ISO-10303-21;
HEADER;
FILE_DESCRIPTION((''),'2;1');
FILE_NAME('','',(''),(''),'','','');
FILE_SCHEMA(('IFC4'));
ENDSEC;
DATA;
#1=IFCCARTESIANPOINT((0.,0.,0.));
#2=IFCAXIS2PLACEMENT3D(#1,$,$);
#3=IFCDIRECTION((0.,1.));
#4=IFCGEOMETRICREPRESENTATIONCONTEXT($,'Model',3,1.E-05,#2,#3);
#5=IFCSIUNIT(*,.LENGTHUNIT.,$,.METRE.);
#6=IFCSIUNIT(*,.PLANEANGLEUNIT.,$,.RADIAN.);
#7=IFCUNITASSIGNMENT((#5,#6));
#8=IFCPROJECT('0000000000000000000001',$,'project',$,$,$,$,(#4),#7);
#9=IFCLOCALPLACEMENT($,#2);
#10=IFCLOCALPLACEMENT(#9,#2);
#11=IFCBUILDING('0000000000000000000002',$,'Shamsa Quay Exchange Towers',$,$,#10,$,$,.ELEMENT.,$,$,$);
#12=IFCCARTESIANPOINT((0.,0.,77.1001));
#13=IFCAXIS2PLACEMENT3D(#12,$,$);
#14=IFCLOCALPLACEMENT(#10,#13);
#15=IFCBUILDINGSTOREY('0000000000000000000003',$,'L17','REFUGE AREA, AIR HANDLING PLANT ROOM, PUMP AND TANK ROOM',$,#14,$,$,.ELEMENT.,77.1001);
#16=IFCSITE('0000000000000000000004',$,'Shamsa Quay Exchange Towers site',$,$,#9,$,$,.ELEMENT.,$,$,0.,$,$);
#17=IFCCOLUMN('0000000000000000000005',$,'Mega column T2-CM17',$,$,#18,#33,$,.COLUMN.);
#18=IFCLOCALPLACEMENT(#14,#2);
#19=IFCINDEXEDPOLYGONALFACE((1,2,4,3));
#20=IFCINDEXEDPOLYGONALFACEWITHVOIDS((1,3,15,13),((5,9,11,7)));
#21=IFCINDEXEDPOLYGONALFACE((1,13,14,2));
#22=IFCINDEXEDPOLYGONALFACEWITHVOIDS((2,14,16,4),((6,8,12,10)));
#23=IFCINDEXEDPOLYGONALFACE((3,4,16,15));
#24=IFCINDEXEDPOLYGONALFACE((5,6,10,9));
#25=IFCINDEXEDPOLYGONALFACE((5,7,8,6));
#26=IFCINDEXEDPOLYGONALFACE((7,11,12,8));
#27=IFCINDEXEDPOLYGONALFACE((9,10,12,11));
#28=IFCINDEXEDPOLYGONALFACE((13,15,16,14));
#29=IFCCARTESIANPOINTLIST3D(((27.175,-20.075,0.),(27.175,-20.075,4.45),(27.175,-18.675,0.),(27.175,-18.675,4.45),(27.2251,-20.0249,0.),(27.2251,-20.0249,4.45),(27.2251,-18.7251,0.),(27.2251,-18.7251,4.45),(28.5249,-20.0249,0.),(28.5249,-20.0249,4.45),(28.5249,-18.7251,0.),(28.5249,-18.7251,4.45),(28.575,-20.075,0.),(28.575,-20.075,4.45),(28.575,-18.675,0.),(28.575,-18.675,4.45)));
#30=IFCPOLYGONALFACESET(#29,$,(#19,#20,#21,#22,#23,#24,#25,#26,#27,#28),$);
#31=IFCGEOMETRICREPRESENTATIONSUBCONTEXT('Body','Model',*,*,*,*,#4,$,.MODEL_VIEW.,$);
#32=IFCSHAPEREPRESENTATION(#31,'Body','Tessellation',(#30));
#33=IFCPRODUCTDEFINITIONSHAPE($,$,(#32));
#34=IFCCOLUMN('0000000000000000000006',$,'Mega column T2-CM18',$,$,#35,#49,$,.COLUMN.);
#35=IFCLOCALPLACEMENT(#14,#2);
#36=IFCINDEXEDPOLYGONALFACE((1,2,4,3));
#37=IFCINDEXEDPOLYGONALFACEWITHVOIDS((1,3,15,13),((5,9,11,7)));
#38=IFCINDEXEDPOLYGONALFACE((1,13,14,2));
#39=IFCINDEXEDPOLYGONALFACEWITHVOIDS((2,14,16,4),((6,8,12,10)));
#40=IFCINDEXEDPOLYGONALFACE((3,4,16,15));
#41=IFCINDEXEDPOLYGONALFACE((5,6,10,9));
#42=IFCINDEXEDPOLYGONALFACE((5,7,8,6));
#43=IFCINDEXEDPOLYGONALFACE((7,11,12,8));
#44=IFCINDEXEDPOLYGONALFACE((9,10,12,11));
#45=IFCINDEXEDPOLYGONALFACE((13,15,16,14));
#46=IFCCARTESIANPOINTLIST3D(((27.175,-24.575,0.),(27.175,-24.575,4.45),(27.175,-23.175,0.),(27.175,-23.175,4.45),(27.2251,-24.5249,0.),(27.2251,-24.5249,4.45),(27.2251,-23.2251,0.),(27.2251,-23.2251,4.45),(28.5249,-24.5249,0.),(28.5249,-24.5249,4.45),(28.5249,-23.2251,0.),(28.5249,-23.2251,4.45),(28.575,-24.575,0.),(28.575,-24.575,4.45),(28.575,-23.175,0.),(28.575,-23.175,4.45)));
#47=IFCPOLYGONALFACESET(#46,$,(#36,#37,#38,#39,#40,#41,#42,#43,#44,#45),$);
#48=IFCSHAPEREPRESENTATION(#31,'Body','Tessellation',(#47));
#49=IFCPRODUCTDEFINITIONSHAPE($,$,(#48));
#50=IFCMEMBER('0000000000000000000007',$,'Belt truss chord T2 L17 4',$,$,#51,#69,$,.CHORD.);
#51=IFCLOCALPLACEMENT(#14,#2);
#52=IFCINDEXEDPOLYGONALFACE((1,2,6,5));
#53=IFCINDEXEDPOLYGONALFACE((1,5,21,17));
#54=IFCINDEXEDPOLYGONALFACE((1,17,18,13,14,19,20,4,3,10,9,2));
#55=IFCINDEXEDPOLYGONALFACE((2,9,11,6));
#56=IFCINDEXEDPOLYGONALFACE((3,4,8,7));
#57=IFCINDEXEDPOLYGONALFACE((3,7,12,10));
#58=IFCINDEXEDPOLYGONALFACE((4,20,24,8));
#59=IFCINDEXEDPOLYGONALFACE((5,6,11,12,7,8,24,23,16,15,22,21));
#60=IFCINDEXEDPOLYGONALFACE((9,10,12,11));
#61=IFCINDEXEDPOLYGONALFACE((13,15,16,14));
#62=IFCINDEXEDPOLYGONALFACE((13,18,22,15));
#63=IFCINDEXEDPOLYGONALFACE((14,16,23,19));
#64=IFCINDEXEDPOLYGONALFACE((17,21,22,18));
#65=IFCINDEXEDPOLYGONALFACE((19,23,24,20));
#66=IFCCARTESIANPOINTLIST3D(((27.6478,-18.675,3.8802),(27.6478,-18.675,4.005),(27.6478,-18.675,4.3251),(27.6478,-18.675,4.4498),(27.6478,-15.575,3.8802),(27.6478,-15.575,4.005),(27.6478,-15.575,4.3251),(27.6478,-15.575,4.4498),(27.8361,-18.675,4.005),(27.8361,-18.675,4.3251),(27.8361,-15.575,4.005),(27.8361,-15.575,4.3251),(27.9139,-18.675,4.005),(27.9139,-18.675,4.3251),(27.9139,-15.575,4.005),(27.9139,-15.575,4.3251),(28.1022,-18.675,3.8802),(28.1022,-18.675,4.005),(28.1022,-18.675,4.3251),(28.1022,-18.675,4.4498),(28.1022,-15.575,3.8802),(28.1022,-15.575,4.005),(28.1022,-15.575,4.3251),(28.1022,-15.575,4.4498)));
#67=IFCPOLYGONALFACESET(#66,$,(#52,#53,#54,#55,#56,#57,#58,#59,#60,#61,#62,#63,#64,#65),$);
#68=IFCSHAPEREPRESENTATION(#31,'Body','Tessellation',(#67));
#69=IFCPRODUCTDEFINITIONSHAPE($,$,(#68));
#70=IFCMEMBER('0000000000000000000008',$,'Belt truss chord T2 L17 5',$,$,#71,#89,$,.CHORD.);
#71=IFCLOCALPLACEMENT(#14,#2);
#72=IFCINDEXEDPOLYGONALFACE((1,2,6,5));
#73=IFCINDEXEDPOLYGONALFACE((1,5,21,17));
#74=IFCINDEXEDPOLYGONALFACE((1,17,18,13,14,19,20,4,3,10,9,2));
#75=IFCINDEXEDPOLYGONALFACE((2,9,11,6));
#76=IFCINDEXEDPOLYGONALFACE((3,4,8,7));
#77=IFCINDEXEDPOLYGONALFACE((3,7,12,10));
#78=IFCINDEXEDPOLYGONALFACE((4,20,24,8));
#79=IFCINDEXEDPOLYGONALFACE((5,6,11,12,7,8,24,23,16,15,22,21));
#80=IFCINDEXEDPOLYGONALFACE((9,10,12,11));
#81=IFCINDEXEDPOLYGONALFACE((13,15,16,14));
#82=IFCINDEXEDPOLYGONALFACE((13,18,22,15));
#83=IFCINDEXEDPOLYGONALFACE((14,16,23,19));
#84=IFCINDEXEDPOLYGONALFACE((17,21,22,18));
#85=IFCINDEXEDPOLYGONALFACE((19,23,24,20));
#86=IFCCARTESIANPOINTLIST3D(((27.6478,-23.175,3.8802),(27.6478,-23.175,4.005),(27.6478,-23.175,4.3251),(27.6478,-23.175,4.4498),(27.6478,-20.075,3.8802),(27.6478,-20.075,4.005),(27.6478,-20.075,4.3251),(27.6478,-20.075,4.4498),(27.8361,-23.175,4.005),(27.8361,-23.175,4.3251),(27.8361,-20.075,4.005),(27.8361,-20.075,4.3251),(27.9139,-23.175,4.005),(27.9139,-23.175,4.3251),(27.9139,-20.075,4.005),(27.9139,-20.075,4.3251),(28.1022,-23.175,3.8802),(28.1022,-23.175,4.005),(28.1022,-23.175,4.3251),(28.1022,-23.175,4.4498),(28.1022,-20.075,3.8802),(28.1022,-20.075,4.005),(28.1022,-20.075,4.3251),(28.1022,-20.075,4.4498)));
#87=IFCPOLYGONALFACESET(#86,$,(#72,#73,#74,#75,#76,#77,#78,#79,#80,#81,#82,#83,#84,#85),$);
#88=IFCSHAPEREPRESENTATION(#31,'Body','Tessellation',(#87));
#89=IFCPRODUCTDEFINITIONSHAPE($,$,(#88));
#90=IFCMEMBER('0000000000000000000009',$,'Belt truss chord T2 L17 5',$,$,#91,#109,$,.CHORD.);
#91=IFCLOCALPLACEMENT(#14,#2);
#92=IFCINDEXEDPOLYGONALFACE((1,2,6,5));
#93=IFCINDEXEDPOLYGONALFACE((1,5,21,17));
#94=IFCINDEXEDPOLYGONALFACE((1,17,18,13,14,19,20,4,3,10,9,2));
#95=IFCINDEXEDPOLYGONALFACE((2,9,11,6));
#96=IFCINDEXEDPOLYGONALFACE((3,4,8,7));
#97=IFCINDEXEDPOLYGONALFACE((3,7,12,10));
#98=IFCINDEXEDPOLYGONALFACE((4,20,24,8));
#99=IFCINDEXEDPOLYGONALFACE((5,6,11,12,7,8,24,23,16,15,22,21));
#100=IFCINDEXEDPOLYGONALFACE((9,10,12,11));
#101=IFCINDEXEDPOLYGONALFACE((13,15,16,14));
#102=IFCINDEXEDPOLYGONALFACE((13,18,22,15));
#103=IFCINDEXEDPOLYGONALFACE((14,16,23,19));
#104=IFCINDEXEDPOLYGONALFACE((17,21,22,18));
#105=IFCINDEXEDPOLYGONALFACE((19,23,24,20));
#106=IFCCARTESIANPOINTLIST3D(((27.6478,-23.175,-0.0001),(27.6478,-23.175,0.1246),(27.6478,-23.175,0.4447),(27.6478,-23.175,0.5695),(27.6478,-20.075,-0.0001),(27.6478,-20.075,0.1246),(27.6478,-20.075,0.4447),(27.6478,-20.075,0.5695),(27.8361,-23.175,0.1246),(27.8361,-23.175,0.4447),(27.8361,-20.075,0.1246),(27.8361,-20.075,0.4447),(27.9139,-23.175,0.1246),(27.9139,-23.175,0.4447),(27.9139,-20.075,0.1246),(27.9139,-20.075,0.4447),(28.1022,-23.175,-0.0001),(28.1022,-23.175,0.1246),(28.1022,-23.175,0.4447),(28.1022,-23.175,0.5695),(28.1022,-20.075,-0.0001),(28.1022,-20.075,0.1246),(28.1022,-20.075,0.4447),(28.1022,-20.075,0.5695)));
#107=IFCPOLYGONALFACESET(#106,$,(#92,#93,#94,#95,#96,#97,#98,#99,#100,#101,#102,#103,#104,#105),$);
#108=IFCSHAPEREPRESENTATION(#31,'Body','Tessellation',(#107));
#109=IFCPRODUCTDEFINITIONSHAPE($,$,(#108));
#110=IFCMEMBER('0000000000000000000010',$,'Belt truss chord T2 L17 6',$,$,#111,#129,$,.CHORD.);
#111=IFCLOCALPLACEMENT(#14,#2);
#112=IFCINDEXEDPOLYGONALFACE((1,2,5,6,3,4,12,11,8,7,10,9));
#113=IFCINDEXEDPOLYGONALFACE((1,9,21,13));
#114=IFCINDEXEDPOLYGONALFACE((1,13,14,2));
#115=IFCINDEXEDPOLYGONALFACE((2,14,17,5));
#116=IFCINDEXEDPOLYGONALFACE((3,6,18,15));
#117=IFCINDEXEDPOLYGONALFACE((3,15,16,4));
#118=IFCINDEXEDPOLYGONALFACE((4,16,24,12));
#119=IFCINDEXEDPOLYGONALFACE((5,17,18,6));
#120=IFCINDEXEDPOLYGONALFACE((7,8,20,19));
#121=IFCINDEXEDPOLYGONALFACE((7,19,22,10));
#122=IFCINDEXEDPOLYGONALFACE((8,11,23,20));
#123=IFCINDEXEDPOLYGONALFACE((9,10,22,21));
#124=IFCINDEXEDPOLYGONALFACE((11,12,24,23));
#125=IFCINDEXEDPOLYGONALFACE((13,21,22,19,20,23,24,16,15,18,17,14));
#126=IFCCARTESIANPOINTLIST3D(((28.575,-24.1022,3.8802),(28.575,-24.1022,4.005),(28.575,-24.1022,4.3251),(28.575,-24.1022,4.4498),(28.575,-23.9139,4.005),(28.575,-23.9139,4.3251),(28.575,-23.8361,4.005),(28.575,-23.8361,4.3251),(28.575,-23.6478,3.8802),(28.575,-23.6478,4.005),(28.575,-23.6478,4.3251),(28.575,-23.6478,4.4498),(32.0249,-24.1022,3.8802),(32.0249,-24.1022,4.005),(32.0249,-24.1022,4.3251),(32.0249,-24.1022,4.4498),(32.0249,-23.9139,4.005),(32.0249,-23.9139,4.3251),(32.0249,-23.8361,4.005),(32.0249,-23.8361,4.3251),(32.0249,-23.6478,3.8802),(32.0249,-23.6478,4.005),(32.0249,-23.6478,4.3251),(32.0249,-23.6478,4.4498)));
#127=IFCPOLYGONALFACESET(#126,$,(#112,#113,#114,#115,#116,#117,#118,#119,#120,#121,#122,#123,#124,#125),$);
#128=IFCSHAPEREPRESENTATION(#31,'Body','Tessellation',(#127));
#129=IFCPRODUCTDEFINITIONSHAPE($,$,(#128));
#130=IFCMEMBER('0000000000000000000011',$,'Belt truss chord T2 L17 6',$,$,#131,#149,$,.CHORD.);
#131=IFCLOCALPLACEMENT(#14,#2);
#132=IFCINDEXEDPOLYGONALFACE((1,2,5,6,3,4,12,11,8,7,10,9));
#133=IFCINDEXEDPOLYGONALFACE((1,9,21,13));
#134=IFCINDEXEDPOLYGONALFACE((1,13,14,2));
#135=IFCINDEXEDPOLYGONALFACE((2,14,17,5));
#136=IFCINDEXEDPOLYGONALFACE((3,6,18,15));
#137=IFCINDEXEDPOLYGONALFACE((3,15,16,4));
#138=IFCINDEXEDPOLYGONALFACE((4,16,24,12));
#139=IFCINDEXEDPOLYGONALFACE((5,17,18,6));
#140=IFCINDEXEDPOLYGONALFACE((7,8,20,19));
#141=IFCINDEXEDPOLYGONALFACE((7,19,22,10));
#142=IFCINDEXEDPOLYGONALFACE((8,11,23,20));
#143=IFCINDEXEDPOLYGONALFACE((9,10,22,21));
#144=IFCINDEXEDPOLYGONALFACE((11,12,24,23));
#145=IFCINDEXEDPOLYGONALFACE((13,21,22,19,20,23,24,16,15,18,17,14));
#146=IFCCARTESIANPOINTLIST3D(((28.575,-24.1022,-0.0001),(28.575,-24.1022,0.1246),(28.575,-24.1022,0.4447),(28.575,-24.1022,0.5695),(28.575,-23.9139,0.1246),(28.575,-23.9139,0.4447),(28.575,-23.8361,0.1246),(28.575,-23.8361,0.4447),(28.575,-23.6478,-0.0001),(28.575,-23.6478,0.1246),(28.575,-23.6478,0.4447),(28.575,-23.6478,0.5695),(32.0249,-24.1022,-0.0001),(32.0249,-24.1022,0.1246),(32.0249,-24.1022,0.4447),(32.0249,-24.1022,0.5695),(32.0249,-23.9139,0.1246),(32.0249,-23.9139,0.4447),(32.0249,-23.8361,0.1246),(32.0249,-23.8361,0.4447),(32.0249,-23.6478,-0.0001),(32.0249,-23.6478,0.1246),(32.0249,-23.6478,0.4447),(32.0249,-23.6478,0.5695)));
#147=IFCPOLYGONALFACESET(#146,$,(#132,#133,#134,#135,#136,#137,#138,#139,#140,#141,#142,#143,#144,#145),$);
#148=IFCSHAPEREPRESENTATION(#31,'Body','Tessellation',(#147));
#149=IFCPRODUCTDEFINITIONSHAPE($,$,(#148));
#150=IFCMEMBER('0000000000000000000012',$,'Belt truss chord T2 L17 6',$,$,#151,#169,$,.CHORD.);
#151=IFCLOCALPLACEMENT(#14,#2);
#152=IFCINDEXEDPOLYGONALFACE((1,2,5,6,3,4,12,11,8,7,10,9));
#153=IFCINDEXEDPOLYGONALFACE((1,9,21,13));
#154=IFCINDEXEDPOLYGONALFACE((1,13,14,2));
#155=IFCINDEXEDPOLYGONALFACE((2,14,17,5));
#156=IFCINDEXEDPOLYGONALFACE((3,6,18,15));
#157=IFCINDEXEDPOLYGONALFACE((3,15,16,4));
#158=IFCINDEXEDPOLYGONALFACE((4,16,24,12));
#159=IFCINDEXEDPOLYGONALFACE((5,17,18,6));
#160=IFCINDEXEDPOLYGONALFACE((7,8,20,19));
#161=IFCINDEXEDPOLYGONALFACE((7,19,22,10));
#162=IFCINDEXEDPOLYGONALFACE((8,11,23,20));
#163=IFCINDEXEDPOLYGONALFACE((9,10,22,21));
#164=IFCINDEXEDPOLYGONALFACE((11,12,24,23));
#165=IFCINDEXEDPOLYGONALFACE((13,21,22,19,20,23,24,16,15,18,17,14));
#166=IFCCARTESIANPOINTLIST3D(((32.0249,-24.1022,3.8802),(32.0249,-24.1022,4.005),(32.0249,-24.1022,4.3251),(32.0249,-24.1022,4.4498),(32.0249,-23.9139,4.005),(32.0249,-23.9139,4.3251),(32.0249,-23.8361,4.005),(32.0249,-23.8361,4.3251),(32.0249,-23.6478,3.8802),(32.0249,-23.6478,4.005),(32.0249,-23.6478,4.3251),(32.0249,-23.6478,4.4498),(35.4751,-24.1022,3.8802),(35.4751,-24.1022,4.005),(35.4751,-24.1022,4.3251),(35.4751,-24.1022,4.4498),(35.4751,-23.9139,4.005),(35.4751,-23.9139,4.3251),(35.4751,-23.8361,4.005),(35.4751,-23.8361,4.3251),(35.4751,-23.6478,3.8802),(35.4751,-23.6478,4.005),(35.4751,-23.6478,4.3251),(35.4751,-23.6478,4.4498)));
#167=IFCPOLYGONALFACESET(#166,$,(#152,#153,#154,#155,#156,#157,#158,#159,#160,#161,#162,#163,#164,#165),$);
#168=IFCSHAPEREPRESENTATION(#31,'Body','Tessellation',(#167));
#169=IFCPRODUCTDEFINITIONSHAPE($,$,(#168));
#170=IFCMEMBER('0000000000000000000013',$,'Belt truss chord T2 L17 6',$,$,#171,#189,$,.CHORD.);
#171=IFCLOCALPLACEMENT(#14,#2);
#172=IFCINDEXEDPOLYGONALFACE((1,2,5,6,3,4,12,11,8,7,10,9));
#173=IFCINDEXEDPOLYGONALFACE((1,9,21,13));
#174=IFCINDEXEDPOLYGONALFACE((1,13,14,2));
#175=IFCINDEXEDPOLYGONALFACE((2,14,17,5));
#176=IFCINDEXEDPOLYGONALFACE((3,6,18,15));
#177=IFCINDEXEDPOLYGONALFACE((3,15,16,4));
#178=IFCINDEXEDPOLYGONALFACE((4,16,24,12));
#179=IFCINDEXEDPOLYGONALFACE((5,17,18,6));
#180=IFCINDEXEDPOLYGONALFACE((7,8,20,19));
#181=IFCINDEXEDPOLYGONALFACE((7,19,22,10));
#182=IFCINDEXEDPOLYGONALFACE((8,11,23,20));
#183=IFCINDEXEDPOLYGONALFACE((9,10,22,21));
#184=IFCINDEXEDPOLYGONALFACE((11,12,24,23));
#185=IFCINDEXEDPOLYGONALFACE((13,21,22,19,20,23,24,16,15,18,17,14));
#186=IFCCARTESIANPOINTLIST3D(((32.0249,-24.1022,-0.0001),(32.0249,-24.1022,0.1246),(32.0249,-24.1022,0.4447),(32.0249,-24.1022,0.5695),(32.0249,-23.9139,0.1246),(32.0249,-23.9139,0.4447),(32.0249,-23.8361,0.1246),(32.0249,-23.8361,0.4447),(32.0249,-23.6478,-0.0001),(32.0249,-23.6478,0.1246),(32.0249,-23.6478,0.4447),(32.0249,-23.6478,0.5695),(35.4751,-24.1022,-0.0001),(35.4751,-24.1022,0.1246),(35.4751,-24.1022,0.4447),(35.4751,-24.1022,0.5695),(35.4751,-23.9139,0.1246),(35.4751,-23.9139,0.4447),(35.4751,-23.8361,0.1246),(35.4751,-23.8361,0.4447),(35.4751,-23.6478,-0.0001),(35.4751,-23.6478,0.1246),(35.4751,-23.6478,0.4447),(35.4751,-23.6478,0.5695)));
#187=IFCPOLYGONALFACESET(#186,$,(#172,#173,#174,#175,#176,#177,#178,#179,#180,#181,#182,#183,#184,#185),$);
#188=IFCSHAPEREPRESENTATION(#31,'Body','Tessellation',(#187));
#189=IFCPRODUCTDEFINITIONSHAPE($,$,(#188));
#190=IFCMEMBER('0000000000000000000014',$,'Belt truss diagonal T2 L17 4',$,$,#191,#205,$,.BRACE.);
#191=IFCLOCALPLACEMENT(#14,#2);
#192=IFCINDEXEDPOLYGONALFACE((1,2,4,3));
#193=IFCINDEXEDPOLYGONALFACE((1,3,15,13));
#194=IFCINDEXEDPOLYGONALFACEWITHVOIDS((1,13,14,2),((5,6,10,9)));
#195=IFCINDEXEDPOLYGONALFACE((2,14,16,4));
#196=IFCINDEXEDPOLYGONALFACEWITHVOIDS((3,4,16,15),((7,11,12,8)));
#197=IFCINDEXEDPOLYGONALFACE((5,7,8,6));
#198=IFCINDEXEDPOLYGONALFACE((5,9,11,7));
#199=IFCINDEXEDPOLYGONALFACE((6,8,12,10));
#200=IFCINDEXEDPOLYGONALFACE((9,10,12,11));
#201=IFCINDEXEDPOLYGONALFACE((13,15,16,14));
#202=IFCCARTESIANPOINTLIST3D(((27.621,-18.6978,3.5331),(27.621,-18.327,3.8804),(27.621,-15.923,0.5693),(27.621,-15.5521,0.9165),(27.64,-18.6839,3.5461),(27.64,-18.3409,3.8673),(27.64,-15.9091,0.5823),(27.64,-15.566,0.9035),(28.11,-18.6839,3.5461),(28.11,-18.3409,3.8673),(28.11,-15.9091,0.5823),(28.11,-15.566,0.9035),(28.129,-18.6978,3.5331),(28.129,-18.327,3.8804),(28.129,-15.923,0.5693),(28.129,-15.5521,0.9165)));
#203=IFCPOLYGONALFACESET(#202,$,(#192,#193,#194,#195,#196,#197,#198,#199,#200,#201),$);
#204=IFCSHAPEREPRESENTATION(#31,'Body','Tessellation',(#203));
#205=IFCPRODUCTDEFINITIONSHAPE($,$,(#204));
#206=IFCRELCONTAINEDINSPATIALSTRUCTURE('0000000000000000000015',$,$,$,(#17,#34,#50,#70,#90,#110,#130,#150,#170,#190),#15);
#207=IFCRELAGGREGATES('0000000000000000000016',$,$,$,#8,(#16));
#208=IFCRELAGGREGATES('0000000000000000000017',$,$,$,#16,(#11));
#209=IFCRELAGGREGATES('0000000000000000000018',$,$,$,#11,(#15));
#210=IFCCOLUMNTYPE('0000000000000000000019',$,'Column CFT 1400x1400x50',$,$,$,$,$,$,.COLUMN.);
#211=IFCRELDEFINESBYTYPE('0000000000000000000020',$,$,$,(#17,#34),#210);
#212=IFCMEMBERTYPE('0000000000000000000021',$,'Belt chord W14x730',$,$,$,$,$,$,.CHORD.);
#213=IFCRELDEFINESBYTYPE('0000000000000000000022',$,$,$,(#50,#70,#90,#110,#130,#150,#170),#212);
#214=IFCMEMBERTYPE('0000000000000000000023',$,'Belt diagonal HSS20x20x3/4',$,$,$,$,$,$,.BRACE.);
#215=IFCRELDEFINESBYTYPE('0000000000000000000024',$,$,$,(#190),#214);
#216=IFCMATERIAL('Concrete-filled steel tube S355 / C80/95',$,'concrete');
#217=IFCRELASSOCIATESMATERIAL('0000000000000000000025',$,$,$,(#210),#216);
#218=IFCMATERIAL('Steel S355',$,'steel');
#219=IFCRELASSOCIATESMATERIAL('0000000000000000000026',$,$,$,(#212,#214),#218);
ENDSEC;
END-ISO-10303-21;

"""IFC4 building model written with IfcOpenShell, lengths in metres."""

from ifc_helpers import new_model, si_unit, direction, frame, origin, origin_2d, place, context, subcontext, project, spatial, hollow_rectangle, i_section, extrude, material, material_profile, profile_set, type_object, element, save


model = new_model("IFC4")

# Units and contexts
model_context = context("Model", 3, precision=1e-05, world=origin(), true_north=direction((0.0, 1.0)))
body_context = subcontext(model_context, "Body", "Model", "MODEL_VIEW")
ifc_project = project(units=[si_unit("LENGTHUNIT", "METRE"), si_unit("PLANEANGLEUNIT", "RADIAN")], contexts=[model_context])

# Site, building, storey
site_placement = place(None, origin())
site = spatial("IfcSite", under=ifc_project, at=site_placement, Name="Shamsa Quay Exchange Towers site", CompositionType="ELEMENT", RefElevation=0.0)
building_placement = place(site_placement, origin())
building = spatial("IfcBuilding", under=site, at=building_placement, Name="Shamsa Quay Exchange Towers", CompositionType="ELEMENT")
storey_placement = place(building_placement, frame((0.0, 0.0, 77.1001)))
storey = spatial("IfcBuildingStorey", under=building, at=storey_placement, Name="L17", Description="REFUGE AREA, AIR HANDLING PLANT ROOM, PUMP AND TANK ROOM", CompositionType="ELEMENT", Elevation=77.1001)

# Columns
ifc_material_1 = material(Name="Concrete-filled steel tube S355 / C80/95", Category="concrete")
ifc_material_profile_1 = material_profile(ifc_material_1, hollow_rectangle(XDim=1.3999, YDim=1.3999, WallThickness=0.05, at=origin_2d()), Name="CFT 1400x1400x50")
ifc_profile_set_1 = profile_set([ifc_material_profile_1], Name="Concrete-filled steel tube S355 / C80/95")
column_type = type_object("IfcColumnType", Name="Column CFT 1400x1400x50", PredefinedType="COLUMN", material=ifc_profile_set_1)
for number, where, name in (
    (1, (27.875, -19.375, 0.0), "Mega column T2-CM17"),
    (2, (27.875, -23.875, 0.0), "Mega column T2-CM18"),
):
    element("IfcColumn", number, at=place(storey_placement, frame(where)), inside=storey, type_object=column_type, Name=name, PredefinedType="COLUMN", context=body_context, shape_type="SweptSolid", body=[
        extrude(hollow_rectangle(XDim=1.3999, YDim=1.3999, WallThickness=0.05, at=origin_2d()), origin(), (0.0, 0.0, 1.0), 4.45),
    ])

# Members
ifc_material_2 = material(Name="Steel S355", Category="steel")
ifc_material_profile_2 = material_profile(ifc_material_2, i_section(OverallWidth=0.4543, OverallDepth=0.5696, WebThickness=0.0779, FlangeThickness=0.1248, at=origin_2d()), Name="W14x730")
ifc_profile_set_2 = profile_set([ifc_material_profile_2], Name="Steel S355")
member_type_1 = type_object("IfcMemberType", Name="Belt chord W14x730", PredefinedType="CHORD", material=ifc_profile_set_2)
for number, where, z_axis, x_axis, name in (
    (3, (27.875, -15.575, 4.165), (0.0, -1.0, 0.0), (1.0, 0.0, 0.0), "Belt truss chord T2 L17 4"),
    (4, (27.875, -20.075, 4.165), (0.0, -1.0, 0.0), (1.0, 0.0, 0.0), "Belt truss chord T2 L17 5"),
    (5, (27.875, -20.075, 0.2847), (0.0, -1.0, 0.0), (1.0, 0.0, 0.0), "Belt truss chord T2 L17 5"),
):
    element("IfcMember", number, at=place(storey_placement, frame(where, z_axis=z_axis, x_axis=x_axis)), inside=storey, type_object=member_type_1, Name=name, PredefinedType="CHORD", context=body_context, shape_type="SweptSolid", body=[
        extrude(i_section(OverallWidth=0.4543, OverallDepth=0.5696, WebThickness=0.0779, FlangeThickness=0.1248, at=origin_2d()), origin(), (0.0, 0.0, 1.0), 3.1001),
    ])
for number, where, z_axis, x_axis, name in (
    (6, (28.575, -23.875, 4.165), (1.0, 0.0, 0.0), (0.0, 1.0, 0.0), "Belt truss chord T2 L17 6"),
    (7, (28.575, -23.875, 0.2847), (1.0, 0.0, 0.0), (0.0, 1.0, 0.0), "Belt truss chord T2 L17 6"),
):
    element("IfcMember", number, at=place(storey_placement, frame(where, z_axis=z_axis, x_axis=x_axis)), inside=storey, type_object=member_type_1, Name=name, PredefinedType="CHORD", context=body_context, shape_type="SweptSolid", body=[
        extrude(i_section(OverallWidth=0.4543, OverallDepth=0.5696, WebThickness=0.0779, FlangeThickness=0.1248, at=origin_2d()), origin(), (0.0, 0.0, 1.0), 3.45),
    ])
for number, where, z_axis, x_axis, name in (
    (8, (32.0249, -23.875, 4.165), (1.0, 0.0, 0.0), (0.0, 1.0, 0.0), "Belt truss chord T2 L17 6"),
    (9, (32.0249, -23.875, 0.2847), (1.0, 0.0, 0.0), (0.0, 1.0, 0.0), "Belt truss chord T2 L17 6"),
):
    element("IfcMember", number, at=place(storey_placement, frame(where, z_axis=z_axis, x_axis=x_axis)), inside=storey, type_object=member_type_1, Name=name, PredefinedType="CHORD", context=body_context, shape_type="SweptSolid", body=[
        extrude(i_section(OverallWidth=0.4543, OverallDepth=0.5696, WebThickness=0.0779, FlangeThickness=0.1248, at=origin_2d()), origin(), (0.0, 0.0, 1.0), 3.4502),
    ])
ifc_material_profile_3 = material_profile(ifc_material_2, hollow_rectangle(XDim=0.5081, YDim=0.5081, WallThickness=0.019, at=origin_2d()), Name="HSS20x20x3/4")
ifc_profile_set_3 = profile_set([ifc_material_profile_3], Name="Steel S355")
member_type_2 = type_object("IfcMemberType", Name="Belt diagonal HSS20x20x3/4", PredefinedType="BRACE", material=ifc_profile_set_3)
for number, where, z_axis, x_axis, name in (
    (10, (27.875, -15.7375, 0.7429), (0.0, -0.683453, 0.729995), (1.0, 0.0, 0.0), "Belt truss diagonal T2 L17 4"),
):
    element("IfcMember", number, at=place(storey_placement, frame(where, z_axis=z_axis, x_axis=x_axis)), inside=storey, type_object=member_type_2, Name=name, PredefinedType="BRACE", context=body_context, shape_type="SweptSolid", body=[
        extrude(hollow_rectangle(XDim=0.5081, YDim=0.5081, WallThickness=0.019, at=origin_2d()), origin(), (0.0, 0.0, 1.0), 4.0601),
    ])

save(model, "model.ifc")
